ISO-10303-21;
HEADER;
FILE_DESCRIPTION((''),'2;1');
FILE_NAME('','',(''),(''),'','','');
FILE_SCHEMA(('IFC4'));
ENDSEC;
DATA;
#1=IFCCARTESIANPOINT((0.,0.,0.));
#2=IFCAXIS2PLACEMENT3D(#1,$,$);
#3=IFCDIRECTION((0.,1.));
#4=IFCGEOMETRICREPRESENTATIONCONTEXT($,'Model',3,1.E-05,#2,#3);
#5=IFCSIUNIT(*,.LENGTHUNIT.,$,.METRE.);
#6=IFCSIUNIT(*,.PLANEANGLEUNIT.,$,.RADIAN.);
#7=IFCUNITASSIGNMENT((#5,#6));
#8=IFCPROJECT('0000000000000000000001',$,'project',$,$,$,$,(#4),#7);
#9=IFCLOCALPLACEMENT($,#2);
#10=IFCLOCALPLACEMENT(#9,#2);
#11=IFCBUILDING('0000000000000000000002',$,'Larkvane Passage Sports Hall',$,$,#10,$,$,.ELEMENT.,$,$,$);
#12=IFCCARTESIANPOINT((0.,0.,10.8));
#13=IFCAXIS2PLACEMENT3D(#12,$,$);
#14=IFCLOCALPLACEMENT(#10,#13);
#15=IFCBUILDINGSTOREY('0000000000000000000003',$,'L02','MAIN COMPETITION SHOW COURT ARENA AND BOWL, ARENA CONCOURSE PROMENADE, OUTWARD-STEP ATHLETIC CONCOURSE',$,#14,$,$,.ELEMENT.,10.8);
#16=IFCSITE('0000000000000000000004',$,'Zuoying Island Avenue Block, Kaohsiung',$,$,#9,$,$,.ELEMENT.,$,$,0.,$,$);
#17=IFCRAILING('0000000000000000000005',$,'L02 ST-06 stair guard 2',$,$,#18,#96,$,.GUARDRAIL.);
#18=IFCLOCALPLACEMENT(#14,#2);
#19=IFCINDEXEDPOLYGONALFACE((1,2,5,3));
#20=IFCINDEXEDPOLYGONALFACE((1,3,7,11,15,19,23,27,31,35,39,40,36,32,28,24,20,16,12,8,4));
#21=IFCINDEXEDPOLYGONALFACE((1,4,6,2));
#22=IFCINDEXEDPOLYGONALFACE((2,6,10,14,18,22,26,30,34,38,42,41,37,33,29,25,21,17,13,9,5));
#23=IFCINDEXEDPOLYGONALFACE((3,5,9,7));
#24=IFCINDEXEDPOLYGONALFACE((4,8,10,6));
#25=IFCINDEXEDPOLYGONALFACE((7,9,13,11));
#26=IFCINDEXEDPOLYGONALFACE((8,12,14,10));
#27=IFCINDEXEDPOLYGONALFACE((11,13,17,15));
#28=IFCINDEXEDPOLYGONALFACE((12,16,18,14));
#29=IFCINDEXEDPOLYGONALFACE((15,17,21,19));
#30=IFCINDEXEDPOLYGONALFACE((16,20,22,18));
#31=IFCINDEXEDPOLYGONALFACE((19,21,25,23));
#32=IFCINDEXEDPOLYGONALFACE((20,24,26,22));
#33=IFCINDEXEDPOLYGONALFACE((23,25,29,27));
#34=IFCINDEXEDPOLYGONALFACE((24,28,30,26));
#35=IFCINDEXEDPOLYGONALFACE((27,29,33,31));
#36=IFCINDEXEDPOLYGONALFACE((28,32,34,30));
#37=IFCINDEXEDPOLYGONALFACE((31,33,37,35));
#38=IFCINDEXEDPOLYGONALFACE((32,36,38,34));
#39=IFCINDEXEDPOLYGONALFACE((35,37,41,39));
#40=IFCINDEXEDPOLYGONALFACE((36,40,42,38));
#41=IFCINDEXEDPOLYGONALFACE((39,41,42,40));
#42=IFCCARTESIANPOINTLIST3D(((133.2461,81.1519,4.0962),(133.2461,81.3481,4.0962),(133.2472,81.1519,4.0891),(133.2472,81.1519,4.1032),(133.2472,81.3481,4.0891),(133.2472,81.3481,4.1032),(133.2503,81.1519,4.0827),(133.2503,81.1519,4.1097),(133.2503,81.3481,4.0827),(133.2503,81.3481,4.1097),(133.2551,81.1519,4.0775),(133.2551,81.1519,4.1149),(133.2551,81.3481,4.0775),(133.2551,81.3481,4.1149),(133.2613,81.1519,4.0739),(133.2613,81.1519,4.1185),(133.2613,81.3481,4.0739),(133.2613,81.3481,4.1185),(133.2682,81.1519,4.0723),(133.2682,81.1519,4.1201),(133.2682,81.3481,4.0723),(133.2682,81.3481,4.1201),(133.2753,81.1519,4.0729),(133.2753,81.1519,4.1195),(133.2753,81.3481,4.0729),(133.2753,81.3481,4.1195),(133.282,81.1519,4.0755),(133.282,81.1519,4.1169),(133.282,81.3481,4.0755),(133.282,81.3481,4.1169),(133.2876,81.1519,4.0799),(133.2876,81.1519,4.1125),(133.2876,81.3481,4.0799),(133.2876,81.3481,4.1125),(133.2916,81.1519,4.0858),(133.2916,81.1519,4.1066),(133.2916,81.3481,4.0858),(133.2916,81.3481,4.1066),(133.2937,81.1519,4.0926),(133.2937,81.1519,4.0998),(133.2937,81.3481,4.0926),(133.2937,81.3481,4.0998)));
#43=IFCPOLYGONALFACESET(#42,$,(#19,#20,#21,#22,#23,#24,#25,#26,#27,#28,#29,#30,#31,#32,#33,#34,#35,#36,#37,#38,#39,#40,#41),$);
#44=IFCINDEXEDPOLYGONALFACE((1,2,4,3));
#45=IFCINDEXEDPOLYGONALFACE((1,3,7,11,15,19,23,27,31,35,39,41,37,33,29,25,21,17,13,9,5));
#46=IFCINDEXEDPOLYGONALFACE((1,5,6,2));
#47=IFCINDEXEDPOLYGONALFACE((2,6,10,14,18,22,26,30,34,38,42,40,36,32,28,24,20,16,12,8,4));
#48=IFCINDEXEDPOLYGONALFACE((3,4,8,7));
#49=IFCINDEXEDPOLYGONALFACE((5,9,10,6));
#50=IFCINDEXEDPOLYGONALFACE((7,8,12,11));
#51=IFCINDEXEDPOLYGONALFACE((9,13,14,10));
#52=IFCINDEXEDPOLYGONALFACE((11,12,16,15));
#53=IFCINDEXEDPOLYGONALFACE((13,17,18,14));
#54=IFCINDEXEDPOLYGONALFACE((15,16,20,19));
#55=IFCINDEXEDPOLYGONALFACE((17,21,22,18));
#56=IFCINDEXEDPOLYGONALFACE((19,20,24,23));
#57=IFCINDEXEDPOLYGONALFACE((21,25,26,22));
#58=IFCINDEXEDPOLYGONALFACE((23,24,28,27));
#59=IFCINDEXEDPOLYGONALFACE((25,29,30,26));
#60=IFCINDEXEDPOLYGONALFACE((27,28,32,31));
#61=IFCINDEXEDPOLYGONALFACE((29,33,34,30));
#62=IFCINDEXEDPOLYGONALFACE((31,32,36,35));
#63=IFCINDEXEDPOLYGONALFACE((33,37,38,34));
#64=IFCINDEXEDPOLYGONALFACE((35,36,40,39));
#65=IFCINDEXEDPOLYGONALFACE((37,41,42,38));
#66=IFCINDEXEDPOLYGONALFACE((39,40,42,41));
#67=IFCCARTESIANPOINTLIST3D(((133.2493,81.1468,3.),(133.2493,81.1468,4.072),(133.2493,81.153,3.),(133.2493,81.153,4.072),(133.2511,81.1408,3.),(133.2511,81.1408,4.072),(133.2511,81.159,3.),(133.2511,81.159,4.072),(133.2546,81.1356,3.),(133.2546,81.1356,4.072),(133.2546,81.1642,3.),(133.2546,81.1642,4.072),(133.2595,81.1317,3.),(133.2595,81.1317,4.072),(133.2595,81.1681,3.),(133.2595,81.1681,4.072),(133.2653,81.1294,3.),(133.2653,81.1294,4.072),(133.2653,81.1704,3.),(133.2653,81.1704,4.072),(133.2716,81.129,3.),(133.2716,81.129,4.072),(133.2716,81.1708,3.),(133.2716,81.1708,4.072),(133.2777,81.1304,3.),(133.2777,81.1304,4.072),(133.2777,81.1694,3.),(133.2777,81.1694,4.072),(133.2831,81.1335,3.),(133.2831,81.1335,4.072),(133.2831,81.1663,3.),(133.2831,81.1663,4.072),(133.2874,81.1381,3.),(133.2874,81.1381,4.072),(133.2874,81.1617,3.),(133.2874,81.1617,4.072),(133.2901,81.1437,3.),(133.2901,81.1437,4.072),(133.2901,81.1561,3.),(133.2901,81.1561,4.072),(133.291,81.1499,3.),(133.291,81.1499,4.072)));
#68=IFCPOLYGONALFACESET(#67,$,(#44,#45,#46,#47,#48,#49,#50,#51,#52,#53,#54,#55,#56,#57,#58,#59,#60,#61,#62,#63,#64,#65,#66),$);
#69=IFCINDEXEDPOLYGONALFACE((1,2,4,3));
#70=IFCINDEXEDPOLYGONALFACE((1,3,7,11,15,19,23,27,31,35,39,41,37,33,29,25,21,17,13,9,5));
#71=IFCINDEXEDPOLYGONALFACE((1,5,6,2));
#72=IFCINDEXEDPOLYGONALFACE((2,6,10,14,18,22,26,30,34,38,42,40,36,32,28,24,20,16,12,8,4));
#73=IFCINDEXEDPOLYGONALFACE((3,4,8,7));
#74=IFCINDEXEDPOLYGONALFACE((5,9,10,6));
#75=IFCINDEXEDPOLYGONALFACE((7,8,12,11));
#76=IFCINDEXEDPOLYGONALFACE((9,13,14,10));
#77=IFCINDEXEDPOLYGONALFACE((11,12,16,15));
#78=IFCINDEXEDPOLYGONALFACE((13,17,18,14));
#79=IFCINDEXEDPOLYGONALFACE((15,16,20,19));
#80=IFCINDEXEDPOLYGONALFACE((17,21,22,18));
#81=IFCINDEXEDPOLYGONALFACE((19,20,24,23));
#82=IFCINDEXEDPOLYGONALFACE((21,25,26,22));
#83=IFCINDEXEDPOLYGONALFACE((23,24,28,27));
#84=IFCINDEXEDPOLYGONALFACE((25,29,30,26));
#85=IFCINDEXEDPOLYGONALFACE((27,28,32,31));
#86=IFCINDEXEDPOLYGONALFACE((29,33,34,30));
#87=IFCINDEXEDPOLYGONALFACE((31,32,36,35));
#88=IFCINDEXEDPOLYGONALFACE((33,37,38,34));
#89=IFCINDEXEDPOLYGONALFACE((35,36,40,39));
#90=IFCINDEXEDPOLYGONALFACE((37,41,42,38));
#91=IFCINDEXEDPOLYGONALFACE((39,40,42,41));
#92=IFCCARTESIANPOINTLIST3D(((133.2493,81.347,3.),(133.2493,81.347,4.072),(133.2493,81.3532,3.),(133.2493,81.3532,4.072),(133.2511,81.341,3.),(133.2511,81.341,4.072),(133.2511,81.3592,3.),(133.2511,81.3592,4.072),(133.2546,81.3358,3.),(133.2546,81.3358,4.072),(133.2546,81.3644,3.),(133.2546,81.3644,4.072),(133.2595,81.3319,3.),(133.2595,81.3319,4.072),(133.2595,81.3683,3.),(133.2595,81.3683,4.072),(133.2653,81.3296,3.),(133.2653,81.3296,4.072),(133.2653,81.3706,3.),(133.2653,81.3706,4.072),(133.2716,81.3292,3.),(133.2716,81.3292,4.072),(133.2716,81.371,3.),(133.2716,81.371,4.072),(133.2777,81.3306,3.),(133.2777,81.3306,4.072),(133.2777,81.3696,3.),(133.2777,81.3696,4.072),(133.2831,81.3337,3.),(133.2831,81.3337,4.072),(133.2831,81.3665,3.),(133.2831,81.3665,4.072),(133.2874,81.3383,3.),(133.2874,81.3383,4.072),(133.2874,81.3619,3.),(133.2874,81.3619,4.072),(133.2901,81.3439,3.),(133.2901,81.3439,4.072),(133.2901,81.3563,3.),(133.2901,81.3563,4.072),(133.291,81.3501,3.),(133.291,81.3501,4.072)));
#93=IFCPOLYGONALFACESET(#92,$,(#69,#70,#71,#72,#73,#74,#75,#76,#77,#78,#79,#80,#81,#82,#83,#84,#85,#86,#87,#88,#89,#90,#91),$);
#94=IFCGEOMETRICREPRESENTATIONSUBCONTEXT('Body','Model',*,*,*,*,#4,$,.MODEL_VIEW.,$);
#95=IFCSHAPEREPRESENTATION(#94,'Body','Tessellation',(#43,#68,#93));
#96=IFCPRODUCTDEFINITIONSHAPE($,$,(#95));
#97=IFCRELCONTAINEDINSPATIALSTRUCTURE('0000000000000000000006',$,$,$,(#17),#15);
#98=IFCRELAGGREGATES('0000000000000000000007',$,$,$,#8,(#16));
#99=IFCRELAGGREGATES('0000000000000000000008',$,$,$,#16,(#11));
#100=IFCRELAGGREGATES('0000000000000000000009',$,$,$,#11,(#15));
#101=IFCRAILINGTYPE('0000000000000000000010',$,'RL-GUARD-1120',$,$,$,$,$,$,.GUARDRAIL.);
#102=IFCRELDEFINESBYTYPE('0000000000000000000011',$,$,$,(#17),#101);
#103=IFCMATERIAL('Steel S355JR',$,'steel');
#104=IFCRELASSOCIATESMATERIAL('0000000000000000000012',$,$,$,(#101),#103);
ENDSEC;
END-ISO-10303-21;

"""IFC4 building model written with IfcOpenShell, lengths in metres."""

from ifc_helpers import new_model, si_unit, direction, frame, origin, origin_2d, place, context, subcontext, project, spatial, circle, extrude, material, type_object, element, save


model = new_model("IFC4")

# Units and contexts
model_context = context("Model", 3, precision=1e-05, world=origin(), true_north=direction((0.0, 1.0)))
body_context = subcontext(model_context, "Body", "Model", "MODEL_VIEW")
ifc_project = project(units=[si_unit("LENGTHUNIT", "METRE"), si_unit("PLANEANGLEUNIT", "RADIAN")], contexts=[model_context])

# Site, building, storey
site_placement = place(None, origin())
site = spatial("IfcSite", under=ifc_project, at=site_placement, Name="Zuoying Island Avenue Block, Kaohsiung", CompositionType="ELEMENT", RefElevation=0.0)
building_placement = place(site_placement, origin())
building = spatial("IfcBuilding", under=site, at=building_placement, Name="Larkvane Passage Sports Hall", CompositionType="ELEMENT")
storey_placement = place(building_placement, frame((0.0, 0.0, 10.8)))
storey = spatial("IfcBuildingStorey", under=building, at=storey_placement, Name="L02", Description="MAIN COMPETITION SHOW COURT ARENA AND BOWL, ARENA CONCOURSE PROMENADE, OUTWARD-STEP ATHLETIC CONCOURSE", CompositionType="ELEMENT", Elevation=10.8)

# Shared definitions
ifc_material_1 = material(Name="Steel S355JR", Category="steel")

# Railing
railing_type_1 = type_object("IfcRailingType", Name="RL-GUARD-1120", PredefinedType="GUARDRAIL", material=ifc_material_1)
railing_1_placement = place(storey_placement, frame((133.27, 81.1499, 3.0)))
element("IfcRailing", 1, at=railing_1_placement, inside=storey, type_object=railing_type_1, Name="L02 ST-06 stair guard 2", PredefinedType="GUARDRAIL", context=body_context, shape_type="SweptSolid", body=[
    extrude(circle(Radius=0.0239, at=origin_2d()), frame((0.0, 0.002, 1.0962), z_axis=(0.0, 1.0, 0.0), x_axis=(-1.0, 0.0, 0.0)), (0.0, 0.0, 1.0), 0.1963),
    extrude(circle(Radius=0.021, at=origin_2d()), origin(), (0.0, 0.0, 1.0), 1.072),
    extrude(circle(Radius=0.021, at=origin_2d()), frame((0.0, 0.2002, 0.0)), (0.0, 0.0, 1.0), 1.072),
])

save(model, "model.ifc")
